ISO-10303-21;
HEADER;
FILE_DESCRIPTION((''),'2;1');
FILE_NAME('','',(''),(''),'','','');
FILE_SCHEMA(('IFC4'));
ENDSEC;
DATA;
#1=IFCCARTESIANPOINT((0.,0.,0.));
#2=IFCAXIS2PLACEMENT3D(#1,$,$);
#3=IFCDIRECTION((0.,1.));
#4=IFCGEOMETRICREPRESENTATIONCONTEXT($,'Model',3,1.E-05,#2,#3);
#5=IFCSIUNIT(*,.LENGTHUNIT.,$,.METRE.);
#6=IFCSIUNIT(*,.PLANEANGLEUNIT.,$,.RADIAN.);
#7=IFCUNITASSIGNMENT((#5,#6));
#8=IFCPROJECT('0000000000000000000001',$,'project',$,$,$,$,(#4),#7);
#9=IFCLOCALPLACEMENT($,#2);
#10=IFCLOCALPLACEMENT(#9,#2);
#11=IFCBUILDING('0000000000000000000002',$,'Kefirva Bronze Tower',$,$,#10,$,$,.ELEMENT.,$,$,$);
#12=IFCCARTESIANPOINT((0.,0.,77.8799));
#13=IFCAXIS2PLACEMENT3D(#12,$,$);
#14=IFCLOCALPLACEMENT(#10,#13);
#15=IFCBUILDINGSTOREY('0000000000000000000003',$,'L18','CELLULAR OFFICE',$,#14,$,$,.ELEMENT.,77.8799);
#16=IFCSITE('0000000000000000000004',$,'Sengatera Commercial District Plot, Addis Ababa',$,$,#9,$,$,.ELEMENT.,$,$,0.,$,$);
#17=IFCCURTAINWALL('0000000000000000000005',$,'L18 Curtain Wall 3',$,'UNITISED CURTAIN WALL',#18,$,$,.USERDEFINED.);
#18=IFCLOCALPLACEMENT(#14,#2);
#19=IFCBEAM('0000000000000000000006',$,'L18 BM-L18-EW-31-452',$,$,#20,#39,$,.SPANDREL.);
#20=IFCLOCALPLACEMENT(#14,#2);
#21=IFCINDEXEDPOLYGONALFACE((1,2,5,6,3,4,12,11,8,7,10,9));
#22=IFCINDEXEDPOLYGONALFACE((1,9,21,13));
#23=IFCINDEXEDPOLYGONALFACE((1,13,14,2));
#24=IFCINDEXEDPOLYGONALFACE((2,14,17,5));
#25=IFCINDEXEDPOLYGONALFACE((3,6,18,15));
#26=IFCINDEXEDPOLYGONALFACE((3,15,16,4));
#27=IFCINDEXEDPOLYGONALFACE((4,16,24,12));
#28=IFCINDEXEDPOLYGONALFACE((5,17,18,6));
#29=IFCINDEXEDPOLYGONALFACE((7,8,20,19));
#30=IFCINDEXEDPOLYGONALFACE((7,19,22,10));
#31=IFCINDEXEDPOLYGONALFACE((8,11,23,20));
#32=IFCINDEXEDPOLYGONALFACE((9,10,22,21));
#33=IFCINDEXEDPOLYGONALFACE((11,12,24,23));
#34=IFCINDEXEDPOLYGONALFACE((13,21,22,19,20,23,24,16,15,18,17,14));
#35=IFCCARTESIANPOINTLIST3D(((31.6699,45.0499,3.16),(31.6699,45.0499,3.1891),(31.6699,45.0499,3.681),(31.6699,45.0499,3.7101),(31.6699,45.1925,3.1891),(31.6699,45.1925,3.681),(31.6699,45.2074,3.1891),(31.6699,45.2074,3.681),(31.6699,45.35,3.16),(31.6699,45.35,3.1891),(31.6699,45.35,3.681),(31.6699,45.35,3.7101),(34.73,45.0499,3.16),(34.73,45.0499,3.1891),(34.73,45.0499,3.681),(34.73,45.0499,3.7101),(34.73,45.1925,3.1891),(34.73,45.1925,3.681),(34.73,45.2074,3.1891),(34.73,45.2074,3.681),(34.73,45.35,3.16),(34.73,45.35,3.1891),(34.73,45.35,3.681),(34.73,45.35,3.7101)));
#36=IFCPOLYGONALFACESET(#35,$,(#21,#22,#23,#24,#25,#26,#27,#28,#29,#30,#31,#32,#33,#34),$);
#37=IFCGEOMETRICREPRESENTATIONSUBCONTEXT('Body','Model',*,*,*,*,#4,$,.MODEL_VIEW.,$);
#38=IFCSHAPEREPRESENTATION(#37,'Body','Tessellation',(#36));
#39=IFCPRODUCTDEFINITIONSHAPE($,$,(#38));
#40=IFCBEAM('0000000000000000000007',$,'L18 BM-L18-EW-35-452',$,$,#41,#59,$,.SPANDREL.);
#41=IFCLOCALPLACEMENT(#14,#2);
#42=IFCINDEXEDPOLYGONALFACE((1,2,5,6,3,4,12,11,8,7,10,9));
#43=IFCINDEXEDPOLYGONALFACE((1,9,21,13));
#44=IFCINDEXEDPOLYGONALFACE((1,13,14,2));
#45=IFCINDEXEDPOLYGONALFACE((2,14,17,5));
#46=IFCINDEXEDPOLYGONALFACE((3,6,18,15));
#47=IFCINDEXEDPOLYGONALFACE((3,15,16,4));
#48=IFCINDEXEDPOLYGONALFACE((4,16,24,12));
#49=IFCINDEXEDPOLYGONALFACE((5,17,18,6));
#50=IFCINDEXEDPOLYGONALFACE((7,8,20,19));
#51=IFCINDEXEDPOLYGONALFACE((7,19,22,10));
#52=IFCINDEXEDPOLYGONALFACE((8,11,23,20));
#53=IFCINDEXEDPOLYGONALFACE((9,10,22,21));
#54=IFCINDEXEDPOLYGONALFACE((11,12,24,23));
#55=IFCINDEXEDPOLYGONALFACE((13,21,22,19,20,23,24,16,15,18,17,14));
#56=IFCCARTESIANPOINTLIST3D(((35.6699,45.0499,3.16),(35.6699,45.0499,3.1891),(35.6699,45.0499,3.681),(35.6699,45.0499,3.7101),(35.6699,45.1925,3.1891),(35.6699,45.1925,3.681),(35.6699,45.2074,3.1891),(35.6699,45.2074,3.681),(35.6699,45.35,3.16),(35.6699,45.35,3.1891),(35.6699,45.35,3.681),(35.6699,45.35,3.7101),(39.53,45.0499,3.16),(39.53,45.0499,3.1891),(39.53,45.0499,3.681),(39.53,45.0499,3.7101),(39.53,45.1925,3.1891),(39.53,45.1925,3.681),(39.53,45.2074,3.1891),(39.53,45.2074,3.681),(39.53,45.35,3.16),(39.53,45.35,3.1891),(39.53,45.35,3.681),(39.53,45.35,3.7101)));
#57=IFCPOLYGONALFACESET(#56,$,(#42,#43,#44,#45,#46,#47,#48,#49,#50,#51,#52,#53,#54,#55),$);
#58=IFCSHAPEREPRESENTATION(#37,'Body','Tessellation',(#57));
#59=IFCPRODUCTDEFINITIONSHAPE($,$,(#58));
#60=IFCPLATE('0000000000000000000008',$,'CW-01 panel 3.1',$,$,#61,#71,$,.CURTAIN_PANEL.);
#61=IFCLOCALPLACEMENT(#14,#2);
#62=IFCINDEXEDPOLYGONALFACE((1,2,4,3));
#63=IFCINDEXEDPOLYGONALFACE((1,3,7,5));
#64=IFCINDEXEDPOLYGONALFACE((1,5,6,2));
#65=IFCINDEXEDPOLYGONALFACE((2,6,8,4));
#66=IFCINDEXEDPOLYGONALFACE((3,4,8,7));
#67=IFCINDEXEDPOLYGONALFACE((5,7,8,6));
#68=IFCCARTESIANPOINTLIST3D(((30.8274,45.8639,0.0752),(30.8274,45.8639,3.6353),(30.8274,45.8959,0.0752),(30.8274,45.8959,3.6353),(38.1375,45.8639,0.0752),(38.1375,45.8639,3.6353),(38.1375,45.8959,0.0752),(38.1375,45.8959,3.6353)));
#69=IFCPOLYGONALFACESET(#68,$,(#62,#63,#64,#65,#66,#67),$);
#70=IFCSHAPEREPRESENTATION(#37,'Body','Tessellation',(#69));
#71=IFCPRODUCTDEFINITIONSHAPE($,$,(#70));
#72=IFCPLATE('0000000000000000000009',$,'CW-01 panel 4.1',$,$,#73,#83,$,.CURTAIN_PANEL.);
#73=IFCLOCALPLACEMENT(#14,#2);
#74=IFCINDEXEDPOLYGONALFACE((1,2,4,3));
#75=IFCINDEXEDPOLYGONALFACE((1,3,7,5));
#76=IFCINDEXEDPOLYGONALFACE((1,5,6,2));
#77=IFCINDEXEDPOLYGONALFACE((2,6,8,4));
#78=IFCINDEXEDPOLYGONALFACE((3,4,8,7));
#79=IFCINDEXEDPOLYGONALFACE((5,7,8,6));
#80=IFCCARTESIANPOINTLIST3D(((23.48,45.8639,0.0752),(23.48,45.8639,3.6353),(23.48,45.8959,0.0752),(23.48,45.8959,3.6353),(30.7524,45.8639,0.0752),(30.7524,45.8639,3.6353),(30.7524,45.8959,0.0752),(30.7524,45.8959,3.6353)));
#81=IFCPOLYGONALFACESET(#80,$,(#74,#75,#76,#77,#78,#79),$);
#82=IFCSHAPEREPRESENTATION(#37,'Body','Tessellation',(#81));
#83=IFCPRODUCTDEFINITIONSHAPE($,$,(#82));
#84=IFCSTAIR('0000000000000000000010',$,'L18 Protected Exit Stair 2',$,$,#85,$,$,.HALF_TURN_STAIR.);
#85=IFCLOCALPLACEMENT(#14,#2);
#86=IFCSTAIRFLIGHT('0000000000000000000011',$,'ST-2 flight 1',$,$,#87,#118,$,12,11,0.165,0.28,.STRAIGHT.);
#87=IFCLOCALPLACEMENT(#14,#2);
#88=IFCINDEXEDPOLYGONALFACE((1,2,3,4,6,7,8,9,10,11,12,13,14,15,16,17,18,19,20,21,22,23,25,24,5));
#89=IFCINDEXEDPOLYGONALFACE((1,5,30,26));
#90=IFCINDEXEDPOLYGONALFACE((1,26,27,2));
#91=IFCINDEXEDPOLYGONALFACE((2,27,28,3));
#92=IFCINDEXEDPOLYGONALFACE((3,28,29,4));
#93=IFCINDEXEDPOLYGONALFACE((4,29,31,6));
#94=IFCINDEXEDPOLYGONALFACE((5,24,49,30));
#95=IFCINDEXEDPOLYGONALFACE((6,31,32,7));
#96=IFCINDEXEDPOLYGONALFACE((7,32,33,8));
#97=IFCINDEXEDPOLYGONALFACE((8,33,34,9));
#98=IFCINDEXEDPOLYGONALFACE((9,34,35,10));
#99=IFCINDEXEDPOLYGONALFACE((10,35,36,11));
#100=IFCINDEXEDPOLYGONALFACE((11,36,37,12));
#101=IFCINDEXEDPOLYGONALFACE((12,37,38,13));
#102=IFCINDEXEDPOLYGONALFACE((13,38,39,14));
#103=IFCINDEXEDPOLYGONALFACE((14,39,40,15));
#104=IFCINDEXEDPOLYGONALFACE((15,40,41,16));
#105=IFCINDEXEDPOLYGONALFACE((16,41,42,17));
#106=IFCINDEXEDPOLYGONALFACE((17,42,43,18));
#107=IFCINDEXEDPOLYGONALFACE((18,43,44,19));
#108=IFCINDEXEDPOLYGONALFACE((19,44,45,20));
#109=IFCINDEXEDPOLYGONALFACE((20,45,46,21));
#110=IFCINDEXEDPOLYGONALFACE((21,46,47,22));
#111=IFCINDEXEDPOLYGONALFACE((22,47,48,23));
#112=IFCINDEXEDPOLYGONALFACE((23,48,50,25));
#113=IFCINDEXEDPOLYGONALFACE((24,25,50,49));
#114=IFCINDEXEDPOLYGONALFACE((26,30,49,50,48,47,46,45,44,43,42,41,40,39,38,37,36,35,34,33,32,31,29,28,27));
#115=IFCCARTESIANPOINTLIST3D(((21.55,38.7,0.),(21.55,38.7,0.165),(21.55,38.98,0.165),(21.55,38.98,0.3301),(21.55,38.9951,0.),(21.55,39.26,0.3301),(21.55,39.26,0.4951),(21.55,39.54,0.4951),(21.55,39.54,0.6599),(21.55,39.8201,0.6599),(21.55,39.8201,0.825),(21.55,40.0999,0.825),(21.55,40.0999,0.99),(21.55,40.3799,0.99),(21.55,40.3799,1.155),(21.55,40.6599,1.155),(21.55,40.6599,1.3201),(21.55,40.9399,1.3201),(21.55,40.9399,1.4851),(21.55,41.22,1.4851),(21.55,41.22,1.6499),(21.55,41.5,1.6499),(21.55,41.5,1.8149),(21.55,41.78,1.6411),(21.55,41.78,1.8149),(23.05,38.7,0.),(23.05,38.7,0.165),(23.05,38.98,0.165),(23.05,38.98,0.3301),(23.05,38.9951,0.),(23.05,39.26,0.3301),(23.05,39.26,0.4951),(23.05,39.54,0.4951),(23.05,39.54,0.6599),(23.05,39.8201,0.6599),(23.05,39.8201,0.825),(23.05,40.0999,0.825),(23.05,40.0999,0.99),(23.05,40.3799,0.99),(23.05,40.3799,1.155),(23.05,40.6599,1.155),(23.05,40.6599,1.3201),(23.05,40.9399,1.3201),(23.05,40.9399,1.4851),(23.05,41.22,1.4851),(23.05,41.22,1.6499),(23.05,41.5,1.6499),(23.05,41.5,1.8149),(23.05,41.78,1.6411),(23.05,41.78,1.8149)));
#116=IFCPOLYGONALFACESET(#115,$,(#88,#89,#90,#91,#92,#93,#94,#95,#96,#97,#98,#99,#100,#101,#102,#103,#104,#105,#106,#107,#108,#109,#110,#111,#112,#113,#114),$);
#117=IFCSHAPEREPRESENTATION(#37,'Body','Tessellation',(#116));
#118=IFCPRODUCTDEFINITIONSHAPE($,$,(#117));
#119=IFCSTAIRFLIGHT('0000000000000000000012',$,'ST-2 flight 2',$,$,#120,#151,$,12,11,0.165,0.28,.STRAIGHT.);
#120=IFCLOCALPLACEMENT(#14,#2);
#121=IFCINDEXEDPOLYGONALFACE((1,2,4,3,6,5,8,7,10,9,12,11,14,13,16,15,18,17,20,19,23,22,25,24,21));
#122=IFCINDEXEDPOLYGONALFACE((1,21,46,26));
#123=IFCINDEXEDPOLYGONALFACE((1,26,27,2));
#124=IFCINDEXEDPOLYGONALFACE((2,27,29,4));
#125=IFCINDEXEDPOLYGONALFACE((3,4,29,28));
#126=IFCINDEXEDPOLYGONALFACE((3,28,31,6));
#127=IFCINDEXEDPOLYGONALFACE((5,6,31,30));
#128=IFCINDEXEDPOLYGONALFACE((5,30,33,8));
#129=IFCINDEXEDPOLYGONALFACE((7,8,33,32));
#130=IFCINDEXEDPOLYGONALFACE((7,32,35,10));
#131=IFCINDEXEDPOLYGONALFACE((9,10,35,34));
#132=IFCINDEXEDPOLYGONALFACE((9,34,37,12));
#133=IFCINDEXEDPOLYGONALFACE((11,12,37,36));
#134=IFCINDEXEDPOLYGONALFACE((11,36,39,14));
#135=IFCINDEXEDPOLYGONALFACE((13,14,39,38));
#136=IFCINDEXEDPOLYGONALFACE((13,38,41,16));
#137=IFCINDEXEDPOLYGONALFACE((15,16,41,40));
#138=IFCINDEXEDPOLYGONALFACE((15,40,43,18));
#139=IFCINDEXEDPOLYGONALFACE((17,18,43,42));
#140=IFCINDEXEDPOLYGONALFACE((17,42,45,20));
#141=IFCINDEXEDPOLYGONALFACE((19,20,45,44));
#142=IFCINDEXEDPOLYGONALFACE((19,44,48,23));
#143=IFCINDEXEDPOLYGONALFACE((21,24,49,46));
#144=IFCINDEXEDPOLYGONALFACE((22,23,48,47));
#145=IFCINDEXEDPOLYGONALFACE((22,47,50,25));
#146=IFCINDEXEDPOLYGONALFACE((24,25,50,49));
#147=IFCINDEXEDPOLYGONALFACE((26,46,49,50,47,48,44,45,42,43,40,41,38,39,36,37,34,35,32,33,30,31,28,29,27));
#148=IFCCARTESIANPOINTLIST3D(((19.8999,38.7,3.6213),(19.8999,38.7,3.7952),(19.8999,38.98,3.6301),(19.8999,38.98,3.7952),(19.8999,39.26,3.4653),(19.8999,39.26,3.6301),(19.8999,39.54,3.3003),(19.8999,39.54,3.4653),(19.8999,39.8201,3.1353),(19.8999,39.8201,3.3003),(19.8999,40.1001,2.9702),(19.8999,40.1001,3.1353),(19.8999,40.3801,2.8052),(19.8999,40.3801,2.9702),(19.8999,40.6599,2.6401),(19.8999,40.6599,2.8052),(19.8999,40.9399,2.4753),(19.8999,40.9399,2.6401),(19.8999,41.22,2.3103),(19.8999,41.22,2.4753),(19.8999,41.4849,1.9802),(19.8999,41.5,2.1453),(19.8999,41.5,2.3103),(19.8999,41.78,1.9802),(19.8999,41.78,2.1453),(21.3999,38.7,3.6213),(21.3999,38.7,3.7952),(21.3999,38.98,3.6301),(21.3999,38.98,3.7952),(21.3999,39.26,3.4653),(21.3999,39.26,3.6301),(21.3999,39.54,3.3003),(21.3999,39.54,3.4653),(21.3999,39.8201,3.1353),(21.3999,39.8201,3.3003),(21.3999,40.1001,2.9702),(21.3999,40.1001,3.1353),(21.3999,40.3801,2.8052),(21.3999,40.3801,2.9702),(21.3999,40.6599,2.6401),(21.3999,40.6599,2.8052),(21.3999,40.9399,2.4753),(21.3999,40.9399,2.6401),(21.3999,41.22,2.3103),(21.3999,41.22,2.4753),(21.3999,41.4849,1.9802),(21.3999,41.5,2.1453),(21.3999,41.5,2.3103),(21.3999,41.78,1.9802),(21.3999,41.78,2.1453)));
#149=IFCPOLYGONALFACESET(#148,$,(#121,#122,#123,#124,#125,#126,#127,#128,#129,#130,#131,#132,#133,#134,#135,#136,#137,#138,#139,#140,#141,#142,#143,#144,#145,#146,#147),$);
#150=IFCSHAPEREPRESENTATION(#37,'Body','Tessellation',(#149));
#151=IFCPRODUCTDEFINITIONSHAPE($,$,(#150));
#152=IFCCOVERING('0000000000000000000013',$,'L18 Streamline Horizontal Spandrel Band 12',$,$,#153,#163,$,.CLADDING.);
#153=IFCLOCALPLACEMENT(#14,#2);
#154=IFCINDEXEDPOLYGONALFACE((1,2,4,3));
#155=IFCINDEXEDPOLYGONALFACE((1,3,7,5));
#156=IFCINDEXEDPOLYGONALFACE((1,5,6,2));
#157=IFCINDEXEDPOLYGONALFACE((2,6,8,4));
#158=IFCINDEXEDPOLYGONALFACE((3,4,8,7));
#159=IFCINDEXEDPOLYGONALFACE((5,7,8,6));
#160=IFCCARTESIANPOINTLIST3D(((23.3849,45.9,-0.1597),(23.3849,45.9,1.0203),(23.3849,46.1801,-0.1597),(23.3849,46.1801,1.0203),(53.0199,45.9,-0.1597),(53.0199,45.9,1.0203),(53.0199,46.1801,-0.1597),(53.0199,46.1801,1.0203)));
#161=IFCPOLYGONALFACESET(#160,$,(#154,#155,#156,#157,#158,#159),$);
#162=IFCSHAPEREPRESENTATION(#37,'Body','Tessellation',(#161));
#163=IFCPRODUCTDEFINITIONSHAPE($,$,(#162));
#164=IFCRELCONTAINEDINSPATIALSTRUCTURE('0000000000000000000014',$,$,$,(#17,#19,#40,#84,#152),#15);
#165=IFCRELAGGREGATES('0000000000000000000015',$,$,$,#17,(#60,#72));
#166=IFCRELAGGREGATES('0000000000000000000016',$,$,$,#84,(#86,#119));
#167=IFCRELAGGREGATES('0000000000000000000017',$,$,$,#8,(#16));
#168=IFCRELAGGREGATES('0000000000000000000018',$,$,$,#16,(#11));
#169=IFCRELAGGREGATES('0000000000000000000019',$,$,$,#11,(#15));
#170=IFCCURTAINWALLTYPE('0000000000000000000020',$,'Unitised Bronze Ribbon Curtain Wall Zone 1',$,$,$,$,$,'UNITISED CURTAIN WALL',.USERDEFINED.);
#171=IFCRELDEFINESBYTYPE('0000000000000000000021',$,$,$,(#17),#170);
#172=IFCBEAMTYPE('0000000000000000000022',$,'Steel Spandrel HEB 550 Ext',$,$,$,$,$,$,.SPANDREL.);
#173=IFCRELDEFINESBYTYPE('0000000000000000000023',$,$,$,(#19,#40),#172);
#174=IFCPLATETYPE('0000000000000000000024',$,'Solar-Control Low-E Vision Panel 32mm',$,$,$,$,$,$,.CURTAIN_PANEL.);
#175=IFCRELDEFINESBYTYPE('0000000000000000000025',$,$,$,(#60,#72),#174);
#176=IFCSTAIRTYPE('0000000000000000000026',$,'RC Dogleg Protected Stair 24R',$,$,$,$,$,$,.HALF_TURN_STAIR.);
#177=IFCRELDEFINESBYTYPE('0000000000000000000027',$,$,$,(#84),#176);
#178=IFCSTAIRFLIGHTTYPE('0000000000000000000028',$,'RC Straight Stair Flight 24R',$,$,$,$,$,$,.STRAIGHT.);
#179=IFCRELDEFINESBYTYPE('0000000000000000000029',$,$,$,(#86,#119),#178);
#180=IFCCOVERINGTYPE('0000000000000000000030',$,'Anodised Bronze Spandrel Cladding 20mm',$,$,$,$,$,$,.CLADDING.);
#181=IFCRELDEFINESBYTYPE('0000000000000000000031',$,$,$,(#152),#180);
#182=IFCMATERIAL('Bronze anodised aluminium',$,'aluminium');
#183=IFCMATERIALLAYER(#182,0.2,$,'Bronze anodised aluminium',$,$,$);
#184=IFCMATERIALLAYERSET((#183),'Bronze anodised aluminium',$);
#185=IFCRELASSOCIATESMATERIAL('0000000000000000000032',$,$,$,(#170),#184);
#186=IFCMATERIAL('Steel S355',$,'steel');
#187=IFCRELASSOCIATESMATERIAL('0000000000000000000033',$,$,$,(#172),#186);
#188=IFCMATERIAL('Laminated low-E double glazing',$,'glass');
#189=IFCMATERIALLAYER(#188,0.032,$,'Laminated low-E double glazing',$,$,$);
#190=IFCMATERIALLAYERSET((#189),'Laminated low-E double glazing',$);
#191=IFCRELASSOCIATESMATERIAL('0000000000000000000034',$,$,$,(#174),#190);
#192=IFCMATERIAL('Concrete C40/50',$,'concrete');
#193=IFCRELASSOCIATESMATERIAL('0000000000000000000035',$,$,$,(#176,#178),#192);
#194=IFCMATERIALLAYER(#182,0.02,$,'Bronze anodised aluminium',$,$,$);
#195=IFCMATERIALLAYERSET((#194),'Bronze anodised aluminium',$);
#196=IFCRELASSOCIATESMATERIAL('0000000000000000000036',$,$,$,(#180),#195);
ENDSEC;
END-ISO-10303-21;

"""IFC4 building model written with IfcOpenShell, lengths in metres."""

from ifc_helpers import new_model, si_unit, direction, frame, origin, origin_2d, place, context, subcontext, project, spatial, polyline, rectangle, i_section, outline, extrude, material, layer, layer_set, material_profile, profile_set, type_object, element, aggregate, save


model = new_model("IFC4")

# Units and contexts
model_context = context("Model", 3, precision=1e-05, world=origin(), true_north=direction((0.0, 1.0)))
body_context = subcontext(model_context, "Body", "Model", "MODEL_VIEW")
ifc_project = project(units=[si_unit("LENGTHUNIT", "METRE"), si_unit("PLANEANGLEUNIT", "RADIAN")], contexts=[model_context])

# Site, building, storey
site_placement = place(None, origin())
site = spatial("IfcSite", under=ifc_project, at=site_placement, Name="Sengatera Commercial District Plot, Addis Ababa", CompositionType="ELEMENT", RefElevation=0.0)
building_placement = place(site_placement, origin())
building = spatial("IfcBuilding", under=site, at=building_placement, Name="Kefirva Bronze Tower", CompositionType="ELEMENT")
storey_placement = place(building_placement, frame((0.0, 0.0, 77.8799)))
storey = spatial("IfcBuildingStorey", under=building, at=storey_placement, Name="L18", Description="CELLULAR OFFICE", CompositionType="ELEMENT", Elevation=77.8799)

# Curtain wall
ifc_material_1 = material(Name="Bronze anodised aluminium", Category="aluminium")
ifc_layer_1 = layer(ifc_material_1, 0.2, Name="Bronze anodised aluminium")
ifc_layer_set_1 = layer_set([ifc_layer_1], Name="Bronze anodised aluminium")
curtain_wall_type = type_object("IfcCurtainWallType", Name="Unitised Bronze Ribbon Curtain Wall Zone 1", ElementType="UNITISED CURTAIN WALL", PredefinedType="USERDEFINED", material=ifc_layer_set_1)
curtain_wall_placement = place(storey_placement, origin())
curtain_wall = element("IfcCurtainWall", 1, at=curtain_wall_placement, inside=storey, type_object=curtain_wall_type, Name="L18 Curtain Wall 3", ObjectType="UNITISED CURTAIN WALL", PredefinedType="USERDEFINED")

# Beams
ifc_material_2 = material(Name="Steel S355", Category="steel")
ifc_material_profile_1 = material_profile(ifc_material_2, i_section(OverallWidth=0.3, OverallDepth=0.55, WebThickness=0.0149, FlangeThickness=0.0291, at=origin_2d()), Name="HEB 550")
ifc_profile_set_1 = profile_set([ifc_material_profile_1], Name="Steel S355")
beam_type_1 = type_object("IfcBeamType", Name="Steel Spandrel HEB 550 Ext", PredefinedType="SPANDREL", material=ifc_profile_set_1)
beam_1_placement = place(storey_placement, frame((31.6699, 45.2, 3.4351), z_axis=(1.0, 0.0, 0.0), x_axis=(0.0, 1.0, 0.0)))
element("IfcBeam", 2, at=beam_1_placement, inside=storey, type_object=beam_type_1, Name="L18 BM-L18-EW-31-452", PredefinedType="SPANDREL", context=body_context, shape_type="SweptSolid", body=[
    extrude(i_section(OverallWidth=0.3, OverallDepth=0.55, WebThickness=0.0149, FlangeThickness=0.0291, at=origin_2d()), origin(), (0.0, 0.0, 1.0), 3.0601),
])
beam_2_placement = place(storey_placement, frame((35.6699, 45.2, 3.4351), z_axis=(1.0, 0.0, 0.0), x_axis=(0.0, 1.0, 0.0)))
element("IfcBeam", 3, at=beam_2_placement, inside=storey, type_object=beam_type_1, Name="L18 BM-L18-EW-35-452", PredefinedType="SPANDREL", context=body_context, shape_type="SweptSolid", body=[
    extrude(i_section(OverallWidth=0.3, OverallDepth=0.55, WebThickness=0.0149, FlangeThickness=0.0291, at=origin_2d()), origin(), (0.0, 0.0, 1.0), 3.8601),
])

# Plates
ifc_material_3 = material(Name="Laminated low-E double glazing", Category="glass")
ifc_layer_2 = layer(ifc_material_3, 0.032, Name="Laminated low-E double glazing")
ifc_layer_set_2 = layer_set([ifc_layer_2], Name="Laminated low-E double glazing")
plate_type = type_object("IfcPlateType", Name="Solar-Control Low-E Vision Panel 32mm", PredefinedType="CURTAIN_PANEL", material=ifc_layer_set_2)
plate_1_placement = place(storey_placement, frame((34.4824, 45.8799, 0.0752), z_axis=(0.0, 0.0, 1.0), x_axis=(-1.0, 0.0, 0.0)))
plate_1 = element("IfcPlate", 4, at=plate_1_placement, type_object=plate_type, Name="CW-01 panel 3.1", PredefinedType="CURTAIN_PANEL", context=body_context, shape_type="SweptSolid", body=[
    extrude(rectangle(XDim=7.3101, YDim=0.032, at=origin_2d()), origin(), (0.0, 0.0, 1.0), 3.5601),
])
plate_2_placement = place(storey_placement, frame((27.1162, 45.8799, 0.0752), z_axis=(0.0, 0.0, 1.0), x_axis=(-1.0, 0.0, 0.0)))
plate_2 = element("IfcPlate", 5, at=plate_2_placement, type_object=plate_type, Name="CW-01 panel 4.1", PredefinedType="CURTAIN_PANEL", context=body_context, shape_type="SweptSolid", body=[
    extrude(rectangle(XDim=7.2725, YDim=0.032, at=origin_2d()), origin(), (0.0, 0.0, 1.0), 3.5601),
])
aggregate(curtain_wall, [plate_1, plate_2])

# Stair, stair flights
ifc_material_4 = material(Name="Concrete C40/50", Category="concrete")
stair_type = type_object("IfcStairType", Name="RC Dogleg Protected Stair 24R", PredefinedType="HALF_TURN_STAIR", material=ifc_material_4)
stair_placement = place(storey_placement, origin())
stair = element("IfcStair", 6, at=stair_placement, inside=storey, type_object=stair_type, Name="L18 Protected Exit Stair 2", PredefinedType="HALF_TURN_STAIR")
stair_flight_type = type_object("IfcStairFlightType", Name="RC Straight Stair Flight 24R", PredefinedType="STRAIGHT", material=ifc_material_4)
stair_flight_1_placement = place(storey_placement, frame((22.3, 38.7, 0.0), z_axis=(0.0, 0.0, 1.0), x_axis=(0.0, 1.0, 0.0)))
stair_flight_1 = element("IfcStairFlight", 7, at=stair_flight_1_placement, type_object=stair_flight_type, Name="ST-2 flight 1", NumberOfRisers=12, NumberOfTreads=11, PredefinedType="STRAIGHT", RiserHeight=0.165, TreadLength=0.28, context=body_context, shape_type="SweptSolid", body=[
    extrude(outline(polyline([(0.0, 0.0), (0.0, 0.165), (0.28, 0.165), (0.28, 0.3301), (0.5601, 0.3301), (0.5601, 0.4951), (0.8401, 0.4951), (0.8401, 0.6599), (1.1201, 0.6599), (1.1201, 0.825), (1.3999, 0.825), (1.3999, 0.99), (1.6799, 0.99), (1.6799, 1.155), (1.96, 1.155), (1.96, 1.3201), (2.24, 1.3201), (2.24, 1.4851), (2.52, 1.4851), (2.52, 1.6499), (2.8, 1.6499), (2.8, 1.8149), (3.0801, 1.8149), (3.0801, 1.98), (3.0801, 1.6411), (0.2952, 0.0), (0.0, 0.0)])), frame((0.0, 0.75, 0.0), z_axis=(0.0, -1.0, 0.0), x_axis=(1.0, 0.0, 0.0)), (0.0, 0.0, 1.0), 1.5),
])
stair_flight_2_placement = place(storey_placement, frame((20.6499, 41.78, 1.9802), z_axis=(0.0, 0.0, 1.0), x_axis=(0.0, -1.0, 0.0)))
stair_flight_2 = element("IfcStairFlight", 8, at=stair_flight_2_placement, type_object=stair_flight_type, Name="ST-2 flight 2", NumberOfRisers=12, NumberOfTreads=11, PredefinedType="STRAIGHT", RiserHeight=0.165, TreadLength=0.28, context=body_context, shape_type="SweptSolid", body=[
    extrude(outline(polyline([(0.0, 0.0), (0.0, 0.165), (0.28, 0.165), (0.28, 0.3301), (0.5601, 0.3301), (0.5601, 0.4951), (0.8401, 0.4951), (0.8401, 0.6599), (1.1201, 0.6599), (1.1201, 0.825), (1.3999, 0.825), (1.3999, 0.99), (1.6799, 0.99), (1.6799, 1.155), (1.96, 1.155), (1.96, 1.3201), (2.24, 1.3201), (2.24, 1.4851), (2.52, 1.4851), (2.52, 1.6499), (2.8, 1.6499), (2.8, 1.8149), (3.0801, 1.8149), (3.0801, 1.98), (3.0801, 1.6411), (0.2952, 0.0), (0.0, 0.0)])), frame((0.0, 0.75, 0.0), z_axis=(0.0, -1.0, 0.0), x_axis=(1.0, 0.0, 0.0)), (0.0, 0.0, 1.0), 1.5),
])
aggregate(stair, [stair_flight_1, stair_flight_2])

# Covering
ifc_layer_3 = layer(ifc_material_1, 0.02, Name="Bronze anodised aluminium")
ifc_layer_set_3 = layer_set([ifc_layer_3], Name="Bronze anodised aluminium")
covering_type_1 = type_object("IfcCoveringType", Name="Anodised Bronze Spandrel Cladding 20mm", PredefinedType="CLADDING", material=ifc_layer_set_3)
covering_1_placement = place(storey_placement, frame((38.2024, 46.04, -0.1597), z_axis=(0.0, 0.0, 1.0), x_axis=(-1.0, 0.0, 0.0)))
element("IfcCovering", 9, at=covering_1_placement, inside=storey, type_object=covering_type_1, Name="L18 Streamline Horizontal Spandrel Band 12", PredefinedType="CLADDING", context=body_context, shape_type="SweptSolid", body=[
    extrude(rectangle(XDim=29.635, YDim=0.28, at=origin_2d()), origin(), (0.0, 0.0, 1.0), 1.1799),
])

save(model, "model.ifc")
